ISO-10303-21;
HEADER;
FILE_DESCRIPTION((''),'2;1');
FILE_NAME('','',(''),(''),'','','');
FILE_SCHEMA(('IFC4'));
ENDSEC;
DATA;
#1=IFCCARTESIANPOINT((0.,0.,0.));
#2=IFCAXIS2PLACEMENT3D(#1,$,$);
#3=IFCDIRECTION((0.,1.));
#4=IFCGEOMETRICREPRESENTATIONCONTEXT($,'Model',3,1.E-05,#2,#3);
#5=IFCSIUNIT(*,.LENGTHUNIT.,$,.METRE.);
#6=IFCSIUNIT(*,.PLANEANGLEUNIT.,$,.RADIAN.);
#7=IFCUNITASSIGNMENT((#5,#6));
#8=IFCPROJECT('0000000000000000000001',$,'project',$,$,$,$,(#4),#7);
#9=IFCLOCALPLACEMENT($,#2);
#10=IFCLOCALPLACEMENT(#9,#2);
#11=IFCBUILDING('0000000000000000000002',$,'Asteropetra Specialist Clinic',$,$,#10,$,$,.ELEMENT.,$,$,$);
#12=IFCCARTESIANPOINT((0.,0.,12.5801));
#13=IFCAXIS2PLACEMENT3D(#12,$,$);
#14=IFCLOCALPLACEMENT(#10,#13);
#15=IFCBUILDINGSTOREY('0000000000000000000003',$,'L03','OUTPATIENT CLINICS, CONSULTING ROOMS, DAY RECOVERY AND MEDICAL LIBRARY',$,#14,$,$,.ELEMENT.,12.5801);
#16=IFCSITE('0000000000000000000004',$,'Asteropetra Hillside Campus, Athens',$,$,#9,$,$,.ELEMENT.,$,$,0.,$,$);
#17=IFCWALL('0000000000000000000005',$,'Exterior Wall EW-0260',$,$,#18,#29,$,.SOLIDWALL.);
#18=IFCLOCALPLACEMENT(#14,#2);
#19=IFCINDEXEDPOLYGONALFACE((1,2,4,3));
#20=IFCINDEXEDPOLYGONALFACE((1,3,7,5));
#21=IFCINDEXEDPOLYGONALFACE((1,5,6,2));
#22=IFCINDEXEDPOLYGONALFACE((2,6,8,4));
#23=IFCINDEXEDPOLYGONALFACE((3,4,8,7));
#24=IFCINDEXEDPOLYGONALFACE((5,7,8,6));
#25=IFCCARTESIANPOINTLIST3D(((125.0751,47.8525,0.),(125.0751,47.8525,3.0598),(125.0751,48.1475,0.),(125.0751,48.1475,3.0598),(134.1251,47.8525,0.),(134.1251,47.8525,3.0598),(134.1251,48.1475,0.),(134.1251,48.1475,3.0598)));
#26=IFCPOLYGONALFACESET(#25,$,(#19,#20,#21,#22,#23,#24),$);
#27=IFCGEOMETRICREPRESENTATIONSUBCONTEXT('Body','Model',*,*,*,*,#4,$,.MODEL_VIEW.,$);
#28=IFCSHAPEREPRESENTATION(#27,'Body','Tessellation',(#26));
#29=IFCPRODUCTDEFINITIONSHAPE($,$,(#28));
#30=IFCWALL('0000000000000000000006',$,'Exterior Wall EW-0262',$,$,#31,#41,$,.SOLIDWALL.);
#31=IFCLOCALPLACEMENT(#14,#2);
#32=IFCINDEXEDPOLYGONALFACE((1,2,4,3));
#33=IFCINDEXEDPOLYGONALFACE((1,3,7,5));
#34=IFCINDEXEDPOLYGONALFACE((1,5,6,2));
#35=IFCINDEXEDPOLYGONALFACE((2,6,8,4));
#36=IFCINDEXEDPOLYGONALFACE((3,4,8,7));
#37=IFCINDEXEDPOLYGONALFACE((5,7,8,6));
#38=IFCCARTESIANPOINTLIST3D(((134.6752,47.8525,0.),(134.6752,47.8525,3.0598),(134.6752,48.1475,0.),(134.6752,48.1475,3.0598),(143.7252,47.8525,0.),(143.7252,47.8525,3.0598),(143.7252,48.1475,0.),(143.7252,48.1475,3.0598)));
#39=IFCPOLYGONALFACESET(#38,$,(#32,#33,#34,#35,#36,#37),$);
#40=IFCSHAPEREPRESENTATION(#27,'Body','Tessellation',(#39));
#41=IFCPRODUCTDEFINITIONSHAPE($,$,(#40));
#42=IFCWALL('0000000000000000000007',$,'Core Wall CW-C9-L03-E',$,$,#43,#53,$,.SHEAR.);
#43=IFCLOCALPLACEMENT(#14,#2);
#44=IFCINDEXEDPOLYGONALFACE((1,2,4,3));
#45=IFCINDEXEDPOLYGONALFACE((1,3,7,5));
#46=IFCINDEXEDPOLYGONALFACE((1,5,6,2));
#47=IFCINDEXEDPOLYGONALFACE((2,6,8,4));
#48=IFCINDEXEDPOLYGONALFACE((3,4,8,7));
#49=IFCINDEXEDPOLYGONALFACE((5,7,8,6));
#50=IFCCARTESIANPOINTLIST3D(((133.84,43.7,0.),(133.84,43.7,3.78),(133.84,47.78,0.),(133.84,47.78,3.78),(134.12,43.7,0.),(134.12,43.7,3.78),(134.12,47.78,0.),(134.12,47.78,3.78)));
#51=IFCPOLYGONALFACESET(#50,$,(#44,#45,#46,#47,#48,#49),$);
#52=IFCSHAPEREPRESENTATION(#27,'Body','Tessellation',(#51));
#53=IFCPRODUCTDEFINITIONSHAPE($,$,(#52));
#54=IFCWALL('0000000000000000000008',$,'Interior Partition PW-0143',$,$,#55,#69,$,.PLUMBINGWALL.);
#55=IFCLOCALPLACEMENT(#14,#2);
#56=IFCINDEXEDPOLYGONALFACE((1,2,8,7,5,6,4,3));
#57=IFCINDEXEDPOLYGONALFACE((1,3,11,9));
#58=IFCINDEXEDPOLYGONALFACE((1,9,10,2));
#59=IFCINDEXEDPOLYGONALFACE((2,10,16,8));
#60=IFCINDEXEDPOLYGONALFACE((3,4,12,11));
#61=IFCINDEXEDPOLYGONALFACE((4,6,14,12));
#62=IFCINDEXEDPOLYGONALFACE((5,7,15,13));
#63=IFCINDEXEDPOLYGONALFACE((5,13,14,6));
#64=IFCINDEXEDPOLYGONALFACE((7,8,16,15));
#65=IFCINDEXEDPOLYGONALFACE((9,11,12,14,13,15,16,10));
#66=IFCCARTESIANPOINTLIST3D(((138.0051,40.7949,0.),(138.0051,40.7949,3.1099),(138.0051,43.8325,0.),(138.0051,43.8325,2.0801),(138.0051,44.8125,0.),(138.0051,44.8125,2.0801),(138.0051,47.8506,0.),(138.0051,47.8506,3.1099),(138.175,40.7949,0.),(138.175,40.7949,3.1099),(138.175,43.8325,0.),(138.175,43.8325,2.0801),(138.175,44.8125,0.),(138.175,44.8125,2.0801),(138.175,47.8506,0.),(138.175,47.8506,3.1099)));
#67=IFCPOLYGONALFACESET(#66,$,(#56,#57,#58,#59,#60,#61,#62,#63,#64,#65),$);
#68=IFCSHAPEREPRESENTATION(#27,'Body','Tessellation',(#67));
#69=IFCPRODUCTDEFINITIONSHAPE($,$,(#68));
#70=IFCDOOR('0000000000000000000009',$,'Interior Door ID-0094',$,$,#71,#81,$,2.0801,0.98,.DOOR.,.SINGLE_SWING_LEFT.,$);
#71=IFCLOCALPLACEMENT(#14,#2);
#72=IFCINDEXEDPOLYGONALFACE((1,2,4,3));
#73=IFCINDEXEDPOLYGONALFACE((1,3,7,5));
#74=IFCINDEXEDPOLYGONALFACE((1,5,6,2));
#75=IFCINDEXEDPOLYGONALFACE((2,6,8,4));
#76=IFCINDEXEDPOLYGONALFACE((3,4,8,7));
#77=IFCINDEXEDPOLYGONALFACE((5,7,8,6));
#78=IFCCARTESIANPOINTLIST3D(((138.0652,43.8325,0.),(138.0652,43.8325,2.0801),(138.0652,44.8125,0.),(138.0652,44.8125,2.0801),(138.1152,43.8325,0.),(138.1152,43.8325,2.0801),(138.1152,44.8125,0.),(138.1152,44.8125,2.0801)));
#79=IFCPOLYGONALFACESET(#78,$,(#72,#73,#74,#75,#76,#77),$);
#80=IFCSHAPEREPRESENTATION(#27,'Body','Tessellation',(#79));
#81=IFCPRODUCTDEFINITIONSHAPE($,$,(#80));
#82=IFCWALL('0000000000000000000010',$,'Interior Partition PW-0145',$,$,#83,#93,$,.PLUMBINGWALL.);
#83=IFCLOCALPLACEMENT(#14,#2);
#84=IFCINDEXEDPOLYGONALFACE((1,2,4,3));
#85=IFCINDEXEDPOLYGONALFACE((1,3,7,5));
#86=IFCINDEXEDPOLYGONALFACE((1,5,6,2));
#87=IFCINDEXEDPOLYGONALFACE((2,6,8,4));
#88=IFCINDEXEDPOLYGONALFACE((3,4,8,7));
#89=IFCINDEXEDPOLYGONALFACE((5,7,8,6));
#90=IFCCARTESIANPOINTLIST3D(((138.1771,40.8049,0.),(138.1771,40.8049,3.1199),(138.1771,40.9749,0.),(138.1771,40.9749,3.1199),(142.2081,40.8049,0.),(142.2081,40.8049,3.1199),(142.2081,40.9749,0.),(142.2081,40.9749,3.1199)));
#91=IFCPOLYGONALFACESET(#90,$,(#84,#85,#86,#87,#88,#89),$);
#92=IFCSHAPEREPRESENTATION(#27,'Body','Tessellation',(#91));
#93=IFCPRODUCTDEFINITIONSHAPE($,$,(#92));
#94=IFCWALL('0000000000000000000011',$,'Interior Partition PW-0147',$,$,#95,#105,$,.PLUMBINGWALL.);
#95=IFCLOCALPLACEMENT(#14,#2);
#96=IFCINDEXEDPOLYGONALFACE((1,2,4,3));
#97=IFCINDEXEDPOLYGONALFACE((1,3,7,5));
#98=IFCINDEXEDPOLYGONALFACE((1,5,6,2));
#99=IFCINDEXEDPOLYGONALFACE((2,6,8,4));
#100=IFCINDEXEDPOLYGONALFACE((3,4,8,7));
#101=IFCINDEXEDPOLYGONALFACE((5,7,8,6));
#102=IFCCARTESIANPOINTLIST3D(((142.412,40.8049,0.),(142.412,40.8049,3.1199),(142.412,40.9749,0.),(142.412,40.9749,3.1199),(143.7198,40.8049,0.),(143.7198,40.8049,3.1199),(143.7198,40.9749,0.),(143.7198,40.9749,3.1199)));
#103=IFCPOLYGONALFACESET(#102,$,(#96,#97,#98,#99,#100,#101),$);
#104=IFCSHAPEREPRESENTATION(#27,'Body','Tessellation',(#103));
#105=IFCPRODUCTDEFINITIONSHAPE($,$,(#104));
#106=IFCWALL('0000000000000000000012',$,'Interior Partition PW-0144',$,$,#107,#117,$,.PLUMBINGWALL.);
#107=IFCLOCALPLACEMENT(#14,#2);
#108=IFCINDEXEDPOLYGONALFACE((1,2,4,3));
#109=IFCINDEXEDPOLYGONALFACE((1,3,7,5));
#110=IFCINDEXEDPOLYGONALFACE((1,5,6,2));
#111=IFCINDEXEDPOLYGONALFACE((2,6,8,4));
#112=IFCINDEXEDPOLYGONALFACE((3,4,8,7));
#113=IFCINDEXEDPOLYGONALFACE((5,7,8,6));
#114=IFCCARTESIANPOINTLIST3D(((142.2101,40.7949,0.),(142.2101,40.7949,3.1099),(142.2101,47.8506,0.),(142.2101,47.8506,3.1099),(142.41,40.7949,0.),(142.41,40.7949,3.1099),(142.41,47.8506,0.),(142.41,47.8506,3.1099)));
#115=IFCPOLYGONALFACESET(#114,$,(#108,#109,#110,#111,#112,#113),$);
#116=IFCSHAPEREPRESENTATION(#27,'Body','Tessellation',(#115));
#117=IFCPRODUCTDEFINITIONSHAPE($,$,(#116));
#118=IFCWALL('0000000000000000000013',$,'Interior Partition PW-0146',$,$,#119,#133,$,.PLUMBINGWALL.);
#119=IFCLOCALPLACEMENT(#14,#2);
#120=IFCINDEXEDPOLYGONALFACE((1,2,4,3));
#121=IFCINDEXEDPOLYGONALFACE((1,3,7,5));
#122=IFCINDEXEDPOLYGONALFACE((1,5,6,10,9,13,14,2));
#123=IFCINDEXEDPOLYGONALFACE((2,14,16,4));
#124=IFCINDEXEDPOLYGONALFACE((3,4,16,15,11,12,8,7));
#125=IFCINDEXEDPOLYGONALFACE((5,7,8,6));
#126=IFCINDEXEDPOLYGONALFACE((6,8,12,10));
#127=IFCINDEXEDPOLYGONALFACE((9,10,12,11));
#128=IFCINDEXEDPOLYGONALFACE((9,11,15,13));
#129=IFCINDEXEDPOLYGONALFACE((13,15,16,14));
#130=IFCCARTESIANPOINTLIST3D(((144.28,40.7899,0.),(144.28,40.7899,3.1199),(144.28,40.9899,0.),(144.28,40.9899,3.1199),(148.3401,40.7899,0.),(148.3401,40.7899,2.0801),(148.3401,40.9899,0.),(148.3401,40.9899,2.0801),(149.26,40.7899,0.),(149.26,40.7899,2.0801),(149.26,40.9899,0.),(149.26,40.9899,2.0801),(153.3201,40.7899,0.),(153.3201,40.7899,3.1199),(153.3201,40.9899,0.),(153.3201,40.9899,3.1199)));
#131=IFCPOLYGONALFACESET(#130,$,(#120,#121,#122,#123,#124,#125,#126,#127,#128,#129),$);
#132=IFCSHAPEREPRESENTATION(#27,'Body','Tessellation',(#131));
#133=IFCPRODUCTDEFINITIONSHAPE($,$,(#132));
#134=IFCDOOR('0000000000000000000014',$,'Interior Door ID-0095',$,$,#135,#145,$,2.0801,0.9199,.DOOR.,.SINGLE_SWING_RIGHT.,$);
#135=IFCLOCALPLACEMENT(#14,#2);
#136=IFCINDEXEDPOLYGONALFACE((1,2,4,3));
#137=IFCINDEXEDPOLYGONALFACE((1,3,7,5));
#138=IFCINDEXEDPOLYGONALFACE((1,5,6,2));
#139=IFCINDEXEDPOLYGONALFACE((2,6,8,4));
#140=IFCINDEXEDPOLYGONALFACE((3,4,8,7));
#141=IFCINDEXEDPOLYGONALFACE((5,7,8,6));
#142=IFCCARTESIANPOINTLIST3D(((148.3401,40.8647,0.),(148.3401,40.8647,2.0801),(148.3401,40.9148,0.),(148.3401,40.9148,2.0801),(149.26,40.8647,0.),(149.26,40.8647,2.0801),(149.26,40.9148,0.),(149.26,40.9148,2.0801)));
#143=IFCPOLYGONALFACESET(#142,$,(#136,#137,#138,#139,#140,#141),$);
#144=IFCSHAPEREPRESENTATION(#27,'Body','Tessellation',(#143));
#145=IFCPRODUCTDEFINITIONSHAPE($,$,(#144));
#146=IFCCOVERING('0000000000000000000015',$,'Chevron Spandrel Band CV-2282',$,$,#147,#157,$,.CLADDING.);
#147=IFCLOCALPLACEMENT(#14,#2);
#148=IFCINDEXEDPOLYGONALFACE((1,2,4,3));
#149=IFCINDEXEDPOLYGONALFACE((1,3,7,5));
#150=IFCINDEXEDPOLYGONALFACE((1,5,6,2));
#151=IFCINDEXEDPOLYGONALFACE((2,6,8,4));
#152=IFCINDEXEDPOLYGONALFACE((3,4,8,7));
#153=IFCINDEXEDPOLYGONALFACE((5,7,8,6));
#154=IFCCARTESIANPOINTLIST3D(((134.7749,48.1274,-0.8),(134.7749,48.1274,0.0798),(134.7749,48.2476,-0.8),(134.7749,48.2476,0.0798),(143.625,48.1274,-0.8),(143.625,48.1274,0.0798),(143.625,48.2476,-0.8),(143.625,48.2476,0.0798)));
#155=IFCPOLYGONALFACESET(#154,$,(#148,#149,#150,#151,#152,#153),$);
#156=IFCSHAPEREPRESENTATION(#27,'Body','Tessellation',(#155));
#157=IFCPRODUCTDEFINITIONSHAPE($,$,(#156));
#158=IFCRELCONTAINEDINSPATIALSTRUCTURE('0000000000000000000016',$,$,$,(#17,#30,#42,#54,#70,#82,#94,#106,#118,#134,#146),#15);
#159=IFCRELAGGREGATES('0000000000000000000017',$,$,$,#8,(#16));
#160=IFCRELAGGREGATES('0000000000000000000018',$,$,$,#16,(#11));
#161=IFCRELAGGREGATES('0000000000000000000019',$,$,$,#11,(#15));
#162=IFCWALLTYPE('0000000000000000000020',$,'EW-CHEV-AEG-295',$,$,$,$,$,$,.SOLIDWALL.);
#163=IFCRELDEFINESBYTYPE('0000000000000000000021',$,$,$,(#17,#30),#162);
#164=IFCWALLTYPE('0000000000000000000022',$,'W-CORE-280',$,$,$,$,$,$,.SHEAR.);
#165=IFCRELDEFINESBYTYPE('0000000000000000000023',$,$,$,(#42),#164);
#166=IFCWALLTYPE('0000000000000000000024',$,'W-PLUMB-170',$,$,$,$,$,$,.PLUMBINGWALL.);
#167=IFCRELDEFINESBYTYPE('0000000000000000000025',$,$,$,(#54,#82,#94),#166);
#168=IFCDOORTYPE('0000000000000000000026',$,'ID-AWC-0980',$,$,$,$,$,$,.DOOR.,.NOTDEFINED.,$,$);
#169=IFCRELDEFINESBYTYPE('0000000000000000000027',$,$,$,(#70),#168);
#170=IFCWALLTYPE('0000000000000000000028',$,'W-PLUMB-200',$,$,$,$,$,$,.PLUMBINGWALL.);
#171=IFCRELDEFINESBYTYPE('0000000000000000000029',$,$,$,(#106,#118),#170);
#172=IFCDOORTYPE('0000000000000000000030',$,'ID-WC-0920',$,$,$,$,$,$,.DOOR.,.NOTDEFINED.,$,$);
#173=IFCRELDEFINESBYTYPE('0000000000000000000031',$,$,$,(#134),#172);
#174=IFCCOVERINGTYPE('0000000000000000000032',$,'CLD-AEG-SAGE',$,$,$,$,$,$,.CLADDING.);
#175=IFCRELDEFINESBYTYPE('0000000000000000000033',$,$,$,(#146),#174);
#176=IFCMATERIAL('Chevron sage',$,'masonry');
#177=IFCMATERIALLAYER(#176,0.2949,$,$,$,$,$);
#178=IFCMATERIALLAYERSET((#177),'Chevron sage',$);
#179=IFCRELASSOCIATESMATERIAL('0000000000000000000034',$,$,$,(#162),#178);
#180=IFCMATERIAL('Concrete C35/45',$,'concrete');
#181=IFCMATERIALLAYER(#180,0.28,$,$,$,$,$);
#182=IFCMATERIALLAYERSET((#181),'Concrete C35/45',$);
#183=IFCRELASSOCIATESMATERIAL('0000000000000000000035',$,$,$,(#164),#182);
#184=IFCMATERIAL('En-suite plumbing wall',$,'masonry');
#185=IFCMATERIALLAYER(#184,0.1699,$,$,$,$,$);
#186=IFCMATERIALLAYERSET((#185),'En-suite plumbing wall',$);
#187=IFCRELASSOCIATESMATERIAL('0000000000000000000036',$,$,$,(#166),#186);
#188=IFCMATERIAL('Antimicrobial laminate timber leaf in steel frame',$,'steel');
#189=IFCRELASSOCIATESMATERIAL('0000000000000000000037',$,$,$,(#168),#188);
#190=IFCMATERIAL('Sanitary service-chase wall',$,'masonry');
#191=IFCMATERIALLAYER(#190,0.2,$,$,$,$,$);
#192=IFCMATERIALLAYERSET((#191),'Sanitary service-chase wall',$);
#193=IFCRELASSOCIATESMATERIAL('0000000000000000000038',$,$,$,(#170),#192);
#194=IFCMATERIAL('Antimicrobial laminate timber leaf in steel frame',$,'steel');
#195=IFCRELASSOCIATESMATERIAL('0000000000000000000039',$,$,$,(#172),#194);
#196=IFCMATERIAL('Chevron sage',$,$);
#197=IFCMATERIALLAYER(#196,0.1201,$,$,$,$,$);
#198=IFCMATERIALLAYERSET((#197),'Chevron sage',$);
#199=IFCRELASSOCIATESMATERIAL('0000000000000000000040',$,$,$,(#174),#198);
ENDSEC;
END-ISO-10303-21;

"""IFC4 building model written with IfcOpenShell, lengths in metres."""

from ifc_helpers import new_model, si_unit, direction, frame, frame_2d, origin, origin_2d, place, context, subcontext, project, spatial, rectangle, extrude, material, layer, layer_set, type_object, element, fill, save


model = new_model("IFC4")

# Units and contexts
model_context = context("Model", 3, precision=1e-05, world=origin(), true_north=direction((0.0, 1.0)))
body_context = subcontext(model_context, "Body", "Model", "MODEL_VIEW")
ifc_project = project(units=[si_unit("LENGTHUNIT", "METRE"), si_unit("PLANEANGLEUNIT", "RADIAN")], contexts=[model_context])

# Site, building, storey
site_placement = place(None, origin())
site = spatial("IfcSite", under=ifc_project, at=site_placement, Name="Asteropetra Hillside Campus, Athens", CompositionType="ELEMENT", RefElevation=0.0)
building_placement = place(site_placement, origin())
building = spatial("IfcBuilding", under=site, at=building_placement, Name="Asteropetra Specialist Clinic", CompositionType="ELEMENT")
storey_placement = place(building_placement, frame((0.0, 0.0, 12.5801)))
storey = spatial("IfcBuildingStorey", under=building, at=storey_placement, Name="L03", Description="OUTPATIENT CLINICS, CONSULTING ROOMS, DAY RECOVERY AND MEDICAL LIBRARY", CompositionType="ELEMENT", Elevation=12.5801)

# Walls
ifc_material_1 = material(Name="Chevron sage", Category="masonry")
ifc_layer_1 = layer(ifc_material_1, 0.2949)
ifc_layer_set_1 = layer_set([ifc_layer_1], Name="Chevron sage")
wall_type_1 = type_object("IfcWallType", Name="EW-CHEV-AEG-295", PredefinedType="SOLIDWALL", material=ifc_layer_set_1)
for number, where, z_axis, x_axis, name in (
    (1, (134.125, 48.0, 0.0), (0.0, 0.0, 1.0), (-1.0, 0.0, 0.0), "Exterior Wall EW-0260"),
    (2, (143.7251, 48.0, 0.0), (0.0, 0.0, 1.0), (-1.0, 0.0, 0.0), "Exterior Wall EW-0262"),
):
    element("IfcWall", number, at=place(storey_placement, frame(where, z_axis=z_axis, x_axis=x_axis)), inside=storey, type_object=wall_type_1, Name=name, PredefinedType="SOLIDWALL", context=body_context, shape_type="SweptSolid", body=[
        extrude(rectangle(XDim=9.05, YDim=0.2949, at=frame_2d((4.5249, 0.0))), origin(), (0.0, 0.0, 1.0), 3.0598),
    ])
ifc_material_2 = material(Name="Concrete C35/45", Category="concrete")
ifc_layer_2 = layer(ifc_material_2, 0.28)
ifc_layer_set_2 = layer_set([ifc_layer_2], Name="Concrete C35/45")
wall_type_2 = type_object("IfcWallType", Name="W-CORE-280", PredefinedType="SHEAR", material=ifc_layer_set_2)
wall_1_placement = place(storey_placement, frame((133.98, 43.7, 0.0), z_axis=(0.0, 0.0, 1.0), x_axis=(0.0, 1.0, 0.0)))
element("IfcWall", 3, at=wall_1_placement, inside=storey, type_object=wall_type_2, Name="Core Wall CW-C9-L03-E", PredefinedType="SHEAR", context=body_context, shape_type="SweptSolid", body=[
    extrude(rectangle(XDim=4.0801, YDim=0.28, at=frame_2d((2.04, 0.0))), origin(), (0.0, 0.0, 1.0), 3.78),
])

# Wall, opening, door
ifc_material_3 = material(Name="En-suite plumbing wall", Category="masonry")
ifc_layer_3 = layer(ifc_material_3, 0.1699)
ifc_layer_set_3 = layer_set([ifc_layer_3], Name="En-suite plumbing wall")
wall_type_3 = type_object("IfcWallType", Name="W-PLUMB-170", PredefinedType="PLUMBINGWALL", material=ifc_layer_set_3)
wall_2_placement = place(storey_placement, frame((138.0901, 40.7949, 0.0), z_axis=(0.0, 0.0, 1.0), x_axis=(0.0, 1.0, 0.0)))
wall_2 = element("IfcWall", 4, at=wall_2_placement, inside=storey, type_object=wall_type_3, Name="Interior Partition PW-0143", PredefinedType="PLUMBINGWALL", context=body_context, shape_type="SweptSolid", body=[
    extrude(rectangle(XDim=7.0557, YDim=0.1699, at=frame_2d((3.5278, 0.0))), origin(), (0.0, 0.0, 1.0), 3.1099),
])
opening_1_placement = place(wall_2_placement, frame((3.0376, 0.0, 0.0)))
opening_1 = element("IfcOpeningElement", 5, at=opening_1_placement, cuts=wall_2, PredefinedType="OPENING", context=body_context, shape_type="SweptSolid", body=[
    extrude(rectangle(XDim=0.98, YDim=2.0801, at=frame_2d((0.49, 1.04))), frame((0.0, 0.095, 0.0), z_axis=(0.0, -1.0, 0.0), x_axis=(1.0, 0.0, 0.0)), (0.0, 0.0, 1.0), 0.1899),
])
ifc_material_4 = material(Name="Antimicrobial laminate timber leaf in steel frame", Category="steel")
door_type_1 = type_object("IfcDoorType", Name="ID-AWC-0980", OperationType="NOTDEFINED", PredefinedType="DOOR", material=ifc_material_4)
door_1_placement = place(opening_1_placement, origin())
door_1 = element("IfcDoor", 6, at=door_1_placement, inside=storey, type_object=door_type_1, Name="Interior Door ID-0094", OperationType="SINGLE_SWING_LEFT", OverallHeight=2.0801, OverallWidth=0.98, PredefinedType="DOOR", context=body_context, shape_type="SweptSolid", body=[
    extrude(rectangle(XDim=0.98, YDim=2.0801, at=frame_2d((0.49, 1.04))), frame((0.0, 0.0249, 0.0), z_axis=(0.0, -1.0, 0.0), x_axis=(1.0, 0.0, 0.0)), (0.0, 0.0, 1.0), 0.05),
])
fill(opening_1, door_1)

# Walls
wall_3_placement = place(storey_placement, frame((138.177, 40.8899, 0.0), z_axis=(0.0, 0.0, 1.0), x_axis=(1.0, 0.0, 0.0)))
element("IfcWall", 7, at=wall_3_placement, inside=storey, type_object=wall_type_3, Name="Interior Partition PW-0145", PredefinedType="PLUMBINGWALL", context=body_context, shape_type="SweptSolid", body=[
    extrude(rectangle(XDim=4.031, YDim=0.1699, at=frame_2d((2.0156, 0.0))), origin(), (0.0, 0.0, 1.0), 3.1199),
])
wall_4_placement = place(storey_placement, frame((142.4121, 40.8899, 0.0), z_axis=(0.0, 0.0, 1.0), x_axis=(1.0, 0.0, 0.0)))
element("IfcWall", 8, at=wall_4_placement, inside=storey, type_object=wall_type_3, Name="Interior Partition PW-0147", PredefinedType="PLUMBINGWALL", context=body_context, shape_type="SweptSolid", body=[
    extrude(rectangle(XDim=1.3079, YDim=0.1699, at=frame_2d((0.6538, 0.0))), origin(), (0.0, 0.0, 1.0), 3.1199),
])
ifc_material_5 = material(Name="Sanitary service-chase wall", Category="masonry")
ifc_layer_4 = layer(ifc_material_5, 0.2)
ifc_layer_set_4 = layer_set([ifc_layer_4], Name="Sanitary service-chase wall")
wall_type_4 = type_object("IfcWallType", Name="W-PLUMB-200", PredefinedType="PLUMBINGWALL", material=ifc_layer_set_4)
wall_5_placement = place(storey_placement, frame((142.3101, 40.7949, 0.0), z_axis=(0.0, 0.0, 1.0), x_axis=(0.0, 1.0, 0.0)))
element("IfcWall", 9, at=wall_5_placement, inside=storey, type_object=wall_type_4, Name="Interior Partition PW-0144", PredefinedType="PLUMBINGWALL", context=body_context, shape_type="SweptSolid", body=[
    extrude(rectangle(XDim=7.0557, YDim=0.2, at=frame_2d((3.5278, 0.0))), origin(), (0.0, 0.0, 1.0), 3.1099),
])

# Wall, opening, door
wall_6_placement = place(storey_placement, frame((144.28, 40.8899, 0.0), z_axis=(0.0, 0.0, 1.0), x_axis=(1.0, 0.0, 0.0)))
wall_6 = element("IfcWall", 10, at=wall_6_placement, inside=storey, type_object=wall_type_4, Name="Interior Partition PW-0146", PredefinedType="PLUMBINGWALL", context=body_context, shape_type="SweptSolid", body=[
    extrude(rectangle(XDim=9.04, YDim=0.2, at=frame_2d((4.52, 0.0))), origin(), (0.0, 0.0, 1.0), 3.1199),
])
opening_2_placement = place(wall_6_placement, frame((4.0601, 0.0, 0.0)))
opening_2 = element("IfcOpeningElement", 11, at=opening_2_placement, cuts=wall_6, PredefinedType="OPENING", context=body_context, shape_type="SweptSolid", body=[
    extrude(rectangle(XDim=0.9199, YDim=2.0801, at=frame_2d((0.46, 1.04))), frame((0.0, 0.1099, 0.0), z_axis=(0.0, -1.0, 0.0), x_axis=(1.0, 0.0, 0.0)), (0.0, 0.0, 1.0), 0.22),
])
ifc_material_6 = material(Name="Antimicrobial laminate timber leaf in steel frame", Category="steel")
door_type_2 = type_object("IfcDoorType", Name="ID-WC-0920", OperationType="NOTDEFINED", PredefinedType="DOOR", material=ifc_material_6)
door_2_placement = place(opening_2_placement, origin())
door_2 = element("IfcDoor", 12, at=door_2_placement, inside=storey, type_object=door_type_2, Name="Interior Door ID-0095", OperationType="SINGLE_SWING_RIGHT", OverallHeight=2.0801, OverallWidth=0.9199, PredefinedType="DOOR", context=body_context, shape_type="SweptSolid", body=[
    extrude(rectangle(XDim=0.9199, YDim=2.0801, at=frame_2d((0.46, 1.04))), frame((0.0, 0.0249, 0.0), z_axis=(0.0, -1.0, 0.0), x_axis=(1.0, 0.0, 0.0)), (0.0, 0.0, 1.0), 0.05),
])
fill(opening_2, door_2)

# Covering
ifc_material_7 = material(Name="Chevron sage")
ifc_layer_5 = layer(ifc_material_7, 0.1201)
ifc_layer_set_5 = layer_set([ifc_layer_5], Name="Chevron sage")
covering_type = type_object("IfcCoveringType", Name="CLD-AEG-SAGE", PredefinedType="CLADDING", material=ifc_layer_set_5)
covering_placement = place(storey_placement, frame((139.2, 48.1875, -0.8), z_axis=(0.0, 0.0, 1.0), x_axis=(1.0, 0.0, 0.0)))
element("IfcCovering", 13, at=covering_placement, inside=storey, type_object=covering_type, Name="Chevron Spandrel Band CV-2282", PredefinedType="CLADDING", context=body_context, shape_type="SweptSolid", body=[
    extrude(rectangle(XDim=8.8501, YDim=0.1201, at=origin_2d()), origin(), (0.0, 0.0, 1.0), 0.8799),
])

save(model, "model.ifc")
